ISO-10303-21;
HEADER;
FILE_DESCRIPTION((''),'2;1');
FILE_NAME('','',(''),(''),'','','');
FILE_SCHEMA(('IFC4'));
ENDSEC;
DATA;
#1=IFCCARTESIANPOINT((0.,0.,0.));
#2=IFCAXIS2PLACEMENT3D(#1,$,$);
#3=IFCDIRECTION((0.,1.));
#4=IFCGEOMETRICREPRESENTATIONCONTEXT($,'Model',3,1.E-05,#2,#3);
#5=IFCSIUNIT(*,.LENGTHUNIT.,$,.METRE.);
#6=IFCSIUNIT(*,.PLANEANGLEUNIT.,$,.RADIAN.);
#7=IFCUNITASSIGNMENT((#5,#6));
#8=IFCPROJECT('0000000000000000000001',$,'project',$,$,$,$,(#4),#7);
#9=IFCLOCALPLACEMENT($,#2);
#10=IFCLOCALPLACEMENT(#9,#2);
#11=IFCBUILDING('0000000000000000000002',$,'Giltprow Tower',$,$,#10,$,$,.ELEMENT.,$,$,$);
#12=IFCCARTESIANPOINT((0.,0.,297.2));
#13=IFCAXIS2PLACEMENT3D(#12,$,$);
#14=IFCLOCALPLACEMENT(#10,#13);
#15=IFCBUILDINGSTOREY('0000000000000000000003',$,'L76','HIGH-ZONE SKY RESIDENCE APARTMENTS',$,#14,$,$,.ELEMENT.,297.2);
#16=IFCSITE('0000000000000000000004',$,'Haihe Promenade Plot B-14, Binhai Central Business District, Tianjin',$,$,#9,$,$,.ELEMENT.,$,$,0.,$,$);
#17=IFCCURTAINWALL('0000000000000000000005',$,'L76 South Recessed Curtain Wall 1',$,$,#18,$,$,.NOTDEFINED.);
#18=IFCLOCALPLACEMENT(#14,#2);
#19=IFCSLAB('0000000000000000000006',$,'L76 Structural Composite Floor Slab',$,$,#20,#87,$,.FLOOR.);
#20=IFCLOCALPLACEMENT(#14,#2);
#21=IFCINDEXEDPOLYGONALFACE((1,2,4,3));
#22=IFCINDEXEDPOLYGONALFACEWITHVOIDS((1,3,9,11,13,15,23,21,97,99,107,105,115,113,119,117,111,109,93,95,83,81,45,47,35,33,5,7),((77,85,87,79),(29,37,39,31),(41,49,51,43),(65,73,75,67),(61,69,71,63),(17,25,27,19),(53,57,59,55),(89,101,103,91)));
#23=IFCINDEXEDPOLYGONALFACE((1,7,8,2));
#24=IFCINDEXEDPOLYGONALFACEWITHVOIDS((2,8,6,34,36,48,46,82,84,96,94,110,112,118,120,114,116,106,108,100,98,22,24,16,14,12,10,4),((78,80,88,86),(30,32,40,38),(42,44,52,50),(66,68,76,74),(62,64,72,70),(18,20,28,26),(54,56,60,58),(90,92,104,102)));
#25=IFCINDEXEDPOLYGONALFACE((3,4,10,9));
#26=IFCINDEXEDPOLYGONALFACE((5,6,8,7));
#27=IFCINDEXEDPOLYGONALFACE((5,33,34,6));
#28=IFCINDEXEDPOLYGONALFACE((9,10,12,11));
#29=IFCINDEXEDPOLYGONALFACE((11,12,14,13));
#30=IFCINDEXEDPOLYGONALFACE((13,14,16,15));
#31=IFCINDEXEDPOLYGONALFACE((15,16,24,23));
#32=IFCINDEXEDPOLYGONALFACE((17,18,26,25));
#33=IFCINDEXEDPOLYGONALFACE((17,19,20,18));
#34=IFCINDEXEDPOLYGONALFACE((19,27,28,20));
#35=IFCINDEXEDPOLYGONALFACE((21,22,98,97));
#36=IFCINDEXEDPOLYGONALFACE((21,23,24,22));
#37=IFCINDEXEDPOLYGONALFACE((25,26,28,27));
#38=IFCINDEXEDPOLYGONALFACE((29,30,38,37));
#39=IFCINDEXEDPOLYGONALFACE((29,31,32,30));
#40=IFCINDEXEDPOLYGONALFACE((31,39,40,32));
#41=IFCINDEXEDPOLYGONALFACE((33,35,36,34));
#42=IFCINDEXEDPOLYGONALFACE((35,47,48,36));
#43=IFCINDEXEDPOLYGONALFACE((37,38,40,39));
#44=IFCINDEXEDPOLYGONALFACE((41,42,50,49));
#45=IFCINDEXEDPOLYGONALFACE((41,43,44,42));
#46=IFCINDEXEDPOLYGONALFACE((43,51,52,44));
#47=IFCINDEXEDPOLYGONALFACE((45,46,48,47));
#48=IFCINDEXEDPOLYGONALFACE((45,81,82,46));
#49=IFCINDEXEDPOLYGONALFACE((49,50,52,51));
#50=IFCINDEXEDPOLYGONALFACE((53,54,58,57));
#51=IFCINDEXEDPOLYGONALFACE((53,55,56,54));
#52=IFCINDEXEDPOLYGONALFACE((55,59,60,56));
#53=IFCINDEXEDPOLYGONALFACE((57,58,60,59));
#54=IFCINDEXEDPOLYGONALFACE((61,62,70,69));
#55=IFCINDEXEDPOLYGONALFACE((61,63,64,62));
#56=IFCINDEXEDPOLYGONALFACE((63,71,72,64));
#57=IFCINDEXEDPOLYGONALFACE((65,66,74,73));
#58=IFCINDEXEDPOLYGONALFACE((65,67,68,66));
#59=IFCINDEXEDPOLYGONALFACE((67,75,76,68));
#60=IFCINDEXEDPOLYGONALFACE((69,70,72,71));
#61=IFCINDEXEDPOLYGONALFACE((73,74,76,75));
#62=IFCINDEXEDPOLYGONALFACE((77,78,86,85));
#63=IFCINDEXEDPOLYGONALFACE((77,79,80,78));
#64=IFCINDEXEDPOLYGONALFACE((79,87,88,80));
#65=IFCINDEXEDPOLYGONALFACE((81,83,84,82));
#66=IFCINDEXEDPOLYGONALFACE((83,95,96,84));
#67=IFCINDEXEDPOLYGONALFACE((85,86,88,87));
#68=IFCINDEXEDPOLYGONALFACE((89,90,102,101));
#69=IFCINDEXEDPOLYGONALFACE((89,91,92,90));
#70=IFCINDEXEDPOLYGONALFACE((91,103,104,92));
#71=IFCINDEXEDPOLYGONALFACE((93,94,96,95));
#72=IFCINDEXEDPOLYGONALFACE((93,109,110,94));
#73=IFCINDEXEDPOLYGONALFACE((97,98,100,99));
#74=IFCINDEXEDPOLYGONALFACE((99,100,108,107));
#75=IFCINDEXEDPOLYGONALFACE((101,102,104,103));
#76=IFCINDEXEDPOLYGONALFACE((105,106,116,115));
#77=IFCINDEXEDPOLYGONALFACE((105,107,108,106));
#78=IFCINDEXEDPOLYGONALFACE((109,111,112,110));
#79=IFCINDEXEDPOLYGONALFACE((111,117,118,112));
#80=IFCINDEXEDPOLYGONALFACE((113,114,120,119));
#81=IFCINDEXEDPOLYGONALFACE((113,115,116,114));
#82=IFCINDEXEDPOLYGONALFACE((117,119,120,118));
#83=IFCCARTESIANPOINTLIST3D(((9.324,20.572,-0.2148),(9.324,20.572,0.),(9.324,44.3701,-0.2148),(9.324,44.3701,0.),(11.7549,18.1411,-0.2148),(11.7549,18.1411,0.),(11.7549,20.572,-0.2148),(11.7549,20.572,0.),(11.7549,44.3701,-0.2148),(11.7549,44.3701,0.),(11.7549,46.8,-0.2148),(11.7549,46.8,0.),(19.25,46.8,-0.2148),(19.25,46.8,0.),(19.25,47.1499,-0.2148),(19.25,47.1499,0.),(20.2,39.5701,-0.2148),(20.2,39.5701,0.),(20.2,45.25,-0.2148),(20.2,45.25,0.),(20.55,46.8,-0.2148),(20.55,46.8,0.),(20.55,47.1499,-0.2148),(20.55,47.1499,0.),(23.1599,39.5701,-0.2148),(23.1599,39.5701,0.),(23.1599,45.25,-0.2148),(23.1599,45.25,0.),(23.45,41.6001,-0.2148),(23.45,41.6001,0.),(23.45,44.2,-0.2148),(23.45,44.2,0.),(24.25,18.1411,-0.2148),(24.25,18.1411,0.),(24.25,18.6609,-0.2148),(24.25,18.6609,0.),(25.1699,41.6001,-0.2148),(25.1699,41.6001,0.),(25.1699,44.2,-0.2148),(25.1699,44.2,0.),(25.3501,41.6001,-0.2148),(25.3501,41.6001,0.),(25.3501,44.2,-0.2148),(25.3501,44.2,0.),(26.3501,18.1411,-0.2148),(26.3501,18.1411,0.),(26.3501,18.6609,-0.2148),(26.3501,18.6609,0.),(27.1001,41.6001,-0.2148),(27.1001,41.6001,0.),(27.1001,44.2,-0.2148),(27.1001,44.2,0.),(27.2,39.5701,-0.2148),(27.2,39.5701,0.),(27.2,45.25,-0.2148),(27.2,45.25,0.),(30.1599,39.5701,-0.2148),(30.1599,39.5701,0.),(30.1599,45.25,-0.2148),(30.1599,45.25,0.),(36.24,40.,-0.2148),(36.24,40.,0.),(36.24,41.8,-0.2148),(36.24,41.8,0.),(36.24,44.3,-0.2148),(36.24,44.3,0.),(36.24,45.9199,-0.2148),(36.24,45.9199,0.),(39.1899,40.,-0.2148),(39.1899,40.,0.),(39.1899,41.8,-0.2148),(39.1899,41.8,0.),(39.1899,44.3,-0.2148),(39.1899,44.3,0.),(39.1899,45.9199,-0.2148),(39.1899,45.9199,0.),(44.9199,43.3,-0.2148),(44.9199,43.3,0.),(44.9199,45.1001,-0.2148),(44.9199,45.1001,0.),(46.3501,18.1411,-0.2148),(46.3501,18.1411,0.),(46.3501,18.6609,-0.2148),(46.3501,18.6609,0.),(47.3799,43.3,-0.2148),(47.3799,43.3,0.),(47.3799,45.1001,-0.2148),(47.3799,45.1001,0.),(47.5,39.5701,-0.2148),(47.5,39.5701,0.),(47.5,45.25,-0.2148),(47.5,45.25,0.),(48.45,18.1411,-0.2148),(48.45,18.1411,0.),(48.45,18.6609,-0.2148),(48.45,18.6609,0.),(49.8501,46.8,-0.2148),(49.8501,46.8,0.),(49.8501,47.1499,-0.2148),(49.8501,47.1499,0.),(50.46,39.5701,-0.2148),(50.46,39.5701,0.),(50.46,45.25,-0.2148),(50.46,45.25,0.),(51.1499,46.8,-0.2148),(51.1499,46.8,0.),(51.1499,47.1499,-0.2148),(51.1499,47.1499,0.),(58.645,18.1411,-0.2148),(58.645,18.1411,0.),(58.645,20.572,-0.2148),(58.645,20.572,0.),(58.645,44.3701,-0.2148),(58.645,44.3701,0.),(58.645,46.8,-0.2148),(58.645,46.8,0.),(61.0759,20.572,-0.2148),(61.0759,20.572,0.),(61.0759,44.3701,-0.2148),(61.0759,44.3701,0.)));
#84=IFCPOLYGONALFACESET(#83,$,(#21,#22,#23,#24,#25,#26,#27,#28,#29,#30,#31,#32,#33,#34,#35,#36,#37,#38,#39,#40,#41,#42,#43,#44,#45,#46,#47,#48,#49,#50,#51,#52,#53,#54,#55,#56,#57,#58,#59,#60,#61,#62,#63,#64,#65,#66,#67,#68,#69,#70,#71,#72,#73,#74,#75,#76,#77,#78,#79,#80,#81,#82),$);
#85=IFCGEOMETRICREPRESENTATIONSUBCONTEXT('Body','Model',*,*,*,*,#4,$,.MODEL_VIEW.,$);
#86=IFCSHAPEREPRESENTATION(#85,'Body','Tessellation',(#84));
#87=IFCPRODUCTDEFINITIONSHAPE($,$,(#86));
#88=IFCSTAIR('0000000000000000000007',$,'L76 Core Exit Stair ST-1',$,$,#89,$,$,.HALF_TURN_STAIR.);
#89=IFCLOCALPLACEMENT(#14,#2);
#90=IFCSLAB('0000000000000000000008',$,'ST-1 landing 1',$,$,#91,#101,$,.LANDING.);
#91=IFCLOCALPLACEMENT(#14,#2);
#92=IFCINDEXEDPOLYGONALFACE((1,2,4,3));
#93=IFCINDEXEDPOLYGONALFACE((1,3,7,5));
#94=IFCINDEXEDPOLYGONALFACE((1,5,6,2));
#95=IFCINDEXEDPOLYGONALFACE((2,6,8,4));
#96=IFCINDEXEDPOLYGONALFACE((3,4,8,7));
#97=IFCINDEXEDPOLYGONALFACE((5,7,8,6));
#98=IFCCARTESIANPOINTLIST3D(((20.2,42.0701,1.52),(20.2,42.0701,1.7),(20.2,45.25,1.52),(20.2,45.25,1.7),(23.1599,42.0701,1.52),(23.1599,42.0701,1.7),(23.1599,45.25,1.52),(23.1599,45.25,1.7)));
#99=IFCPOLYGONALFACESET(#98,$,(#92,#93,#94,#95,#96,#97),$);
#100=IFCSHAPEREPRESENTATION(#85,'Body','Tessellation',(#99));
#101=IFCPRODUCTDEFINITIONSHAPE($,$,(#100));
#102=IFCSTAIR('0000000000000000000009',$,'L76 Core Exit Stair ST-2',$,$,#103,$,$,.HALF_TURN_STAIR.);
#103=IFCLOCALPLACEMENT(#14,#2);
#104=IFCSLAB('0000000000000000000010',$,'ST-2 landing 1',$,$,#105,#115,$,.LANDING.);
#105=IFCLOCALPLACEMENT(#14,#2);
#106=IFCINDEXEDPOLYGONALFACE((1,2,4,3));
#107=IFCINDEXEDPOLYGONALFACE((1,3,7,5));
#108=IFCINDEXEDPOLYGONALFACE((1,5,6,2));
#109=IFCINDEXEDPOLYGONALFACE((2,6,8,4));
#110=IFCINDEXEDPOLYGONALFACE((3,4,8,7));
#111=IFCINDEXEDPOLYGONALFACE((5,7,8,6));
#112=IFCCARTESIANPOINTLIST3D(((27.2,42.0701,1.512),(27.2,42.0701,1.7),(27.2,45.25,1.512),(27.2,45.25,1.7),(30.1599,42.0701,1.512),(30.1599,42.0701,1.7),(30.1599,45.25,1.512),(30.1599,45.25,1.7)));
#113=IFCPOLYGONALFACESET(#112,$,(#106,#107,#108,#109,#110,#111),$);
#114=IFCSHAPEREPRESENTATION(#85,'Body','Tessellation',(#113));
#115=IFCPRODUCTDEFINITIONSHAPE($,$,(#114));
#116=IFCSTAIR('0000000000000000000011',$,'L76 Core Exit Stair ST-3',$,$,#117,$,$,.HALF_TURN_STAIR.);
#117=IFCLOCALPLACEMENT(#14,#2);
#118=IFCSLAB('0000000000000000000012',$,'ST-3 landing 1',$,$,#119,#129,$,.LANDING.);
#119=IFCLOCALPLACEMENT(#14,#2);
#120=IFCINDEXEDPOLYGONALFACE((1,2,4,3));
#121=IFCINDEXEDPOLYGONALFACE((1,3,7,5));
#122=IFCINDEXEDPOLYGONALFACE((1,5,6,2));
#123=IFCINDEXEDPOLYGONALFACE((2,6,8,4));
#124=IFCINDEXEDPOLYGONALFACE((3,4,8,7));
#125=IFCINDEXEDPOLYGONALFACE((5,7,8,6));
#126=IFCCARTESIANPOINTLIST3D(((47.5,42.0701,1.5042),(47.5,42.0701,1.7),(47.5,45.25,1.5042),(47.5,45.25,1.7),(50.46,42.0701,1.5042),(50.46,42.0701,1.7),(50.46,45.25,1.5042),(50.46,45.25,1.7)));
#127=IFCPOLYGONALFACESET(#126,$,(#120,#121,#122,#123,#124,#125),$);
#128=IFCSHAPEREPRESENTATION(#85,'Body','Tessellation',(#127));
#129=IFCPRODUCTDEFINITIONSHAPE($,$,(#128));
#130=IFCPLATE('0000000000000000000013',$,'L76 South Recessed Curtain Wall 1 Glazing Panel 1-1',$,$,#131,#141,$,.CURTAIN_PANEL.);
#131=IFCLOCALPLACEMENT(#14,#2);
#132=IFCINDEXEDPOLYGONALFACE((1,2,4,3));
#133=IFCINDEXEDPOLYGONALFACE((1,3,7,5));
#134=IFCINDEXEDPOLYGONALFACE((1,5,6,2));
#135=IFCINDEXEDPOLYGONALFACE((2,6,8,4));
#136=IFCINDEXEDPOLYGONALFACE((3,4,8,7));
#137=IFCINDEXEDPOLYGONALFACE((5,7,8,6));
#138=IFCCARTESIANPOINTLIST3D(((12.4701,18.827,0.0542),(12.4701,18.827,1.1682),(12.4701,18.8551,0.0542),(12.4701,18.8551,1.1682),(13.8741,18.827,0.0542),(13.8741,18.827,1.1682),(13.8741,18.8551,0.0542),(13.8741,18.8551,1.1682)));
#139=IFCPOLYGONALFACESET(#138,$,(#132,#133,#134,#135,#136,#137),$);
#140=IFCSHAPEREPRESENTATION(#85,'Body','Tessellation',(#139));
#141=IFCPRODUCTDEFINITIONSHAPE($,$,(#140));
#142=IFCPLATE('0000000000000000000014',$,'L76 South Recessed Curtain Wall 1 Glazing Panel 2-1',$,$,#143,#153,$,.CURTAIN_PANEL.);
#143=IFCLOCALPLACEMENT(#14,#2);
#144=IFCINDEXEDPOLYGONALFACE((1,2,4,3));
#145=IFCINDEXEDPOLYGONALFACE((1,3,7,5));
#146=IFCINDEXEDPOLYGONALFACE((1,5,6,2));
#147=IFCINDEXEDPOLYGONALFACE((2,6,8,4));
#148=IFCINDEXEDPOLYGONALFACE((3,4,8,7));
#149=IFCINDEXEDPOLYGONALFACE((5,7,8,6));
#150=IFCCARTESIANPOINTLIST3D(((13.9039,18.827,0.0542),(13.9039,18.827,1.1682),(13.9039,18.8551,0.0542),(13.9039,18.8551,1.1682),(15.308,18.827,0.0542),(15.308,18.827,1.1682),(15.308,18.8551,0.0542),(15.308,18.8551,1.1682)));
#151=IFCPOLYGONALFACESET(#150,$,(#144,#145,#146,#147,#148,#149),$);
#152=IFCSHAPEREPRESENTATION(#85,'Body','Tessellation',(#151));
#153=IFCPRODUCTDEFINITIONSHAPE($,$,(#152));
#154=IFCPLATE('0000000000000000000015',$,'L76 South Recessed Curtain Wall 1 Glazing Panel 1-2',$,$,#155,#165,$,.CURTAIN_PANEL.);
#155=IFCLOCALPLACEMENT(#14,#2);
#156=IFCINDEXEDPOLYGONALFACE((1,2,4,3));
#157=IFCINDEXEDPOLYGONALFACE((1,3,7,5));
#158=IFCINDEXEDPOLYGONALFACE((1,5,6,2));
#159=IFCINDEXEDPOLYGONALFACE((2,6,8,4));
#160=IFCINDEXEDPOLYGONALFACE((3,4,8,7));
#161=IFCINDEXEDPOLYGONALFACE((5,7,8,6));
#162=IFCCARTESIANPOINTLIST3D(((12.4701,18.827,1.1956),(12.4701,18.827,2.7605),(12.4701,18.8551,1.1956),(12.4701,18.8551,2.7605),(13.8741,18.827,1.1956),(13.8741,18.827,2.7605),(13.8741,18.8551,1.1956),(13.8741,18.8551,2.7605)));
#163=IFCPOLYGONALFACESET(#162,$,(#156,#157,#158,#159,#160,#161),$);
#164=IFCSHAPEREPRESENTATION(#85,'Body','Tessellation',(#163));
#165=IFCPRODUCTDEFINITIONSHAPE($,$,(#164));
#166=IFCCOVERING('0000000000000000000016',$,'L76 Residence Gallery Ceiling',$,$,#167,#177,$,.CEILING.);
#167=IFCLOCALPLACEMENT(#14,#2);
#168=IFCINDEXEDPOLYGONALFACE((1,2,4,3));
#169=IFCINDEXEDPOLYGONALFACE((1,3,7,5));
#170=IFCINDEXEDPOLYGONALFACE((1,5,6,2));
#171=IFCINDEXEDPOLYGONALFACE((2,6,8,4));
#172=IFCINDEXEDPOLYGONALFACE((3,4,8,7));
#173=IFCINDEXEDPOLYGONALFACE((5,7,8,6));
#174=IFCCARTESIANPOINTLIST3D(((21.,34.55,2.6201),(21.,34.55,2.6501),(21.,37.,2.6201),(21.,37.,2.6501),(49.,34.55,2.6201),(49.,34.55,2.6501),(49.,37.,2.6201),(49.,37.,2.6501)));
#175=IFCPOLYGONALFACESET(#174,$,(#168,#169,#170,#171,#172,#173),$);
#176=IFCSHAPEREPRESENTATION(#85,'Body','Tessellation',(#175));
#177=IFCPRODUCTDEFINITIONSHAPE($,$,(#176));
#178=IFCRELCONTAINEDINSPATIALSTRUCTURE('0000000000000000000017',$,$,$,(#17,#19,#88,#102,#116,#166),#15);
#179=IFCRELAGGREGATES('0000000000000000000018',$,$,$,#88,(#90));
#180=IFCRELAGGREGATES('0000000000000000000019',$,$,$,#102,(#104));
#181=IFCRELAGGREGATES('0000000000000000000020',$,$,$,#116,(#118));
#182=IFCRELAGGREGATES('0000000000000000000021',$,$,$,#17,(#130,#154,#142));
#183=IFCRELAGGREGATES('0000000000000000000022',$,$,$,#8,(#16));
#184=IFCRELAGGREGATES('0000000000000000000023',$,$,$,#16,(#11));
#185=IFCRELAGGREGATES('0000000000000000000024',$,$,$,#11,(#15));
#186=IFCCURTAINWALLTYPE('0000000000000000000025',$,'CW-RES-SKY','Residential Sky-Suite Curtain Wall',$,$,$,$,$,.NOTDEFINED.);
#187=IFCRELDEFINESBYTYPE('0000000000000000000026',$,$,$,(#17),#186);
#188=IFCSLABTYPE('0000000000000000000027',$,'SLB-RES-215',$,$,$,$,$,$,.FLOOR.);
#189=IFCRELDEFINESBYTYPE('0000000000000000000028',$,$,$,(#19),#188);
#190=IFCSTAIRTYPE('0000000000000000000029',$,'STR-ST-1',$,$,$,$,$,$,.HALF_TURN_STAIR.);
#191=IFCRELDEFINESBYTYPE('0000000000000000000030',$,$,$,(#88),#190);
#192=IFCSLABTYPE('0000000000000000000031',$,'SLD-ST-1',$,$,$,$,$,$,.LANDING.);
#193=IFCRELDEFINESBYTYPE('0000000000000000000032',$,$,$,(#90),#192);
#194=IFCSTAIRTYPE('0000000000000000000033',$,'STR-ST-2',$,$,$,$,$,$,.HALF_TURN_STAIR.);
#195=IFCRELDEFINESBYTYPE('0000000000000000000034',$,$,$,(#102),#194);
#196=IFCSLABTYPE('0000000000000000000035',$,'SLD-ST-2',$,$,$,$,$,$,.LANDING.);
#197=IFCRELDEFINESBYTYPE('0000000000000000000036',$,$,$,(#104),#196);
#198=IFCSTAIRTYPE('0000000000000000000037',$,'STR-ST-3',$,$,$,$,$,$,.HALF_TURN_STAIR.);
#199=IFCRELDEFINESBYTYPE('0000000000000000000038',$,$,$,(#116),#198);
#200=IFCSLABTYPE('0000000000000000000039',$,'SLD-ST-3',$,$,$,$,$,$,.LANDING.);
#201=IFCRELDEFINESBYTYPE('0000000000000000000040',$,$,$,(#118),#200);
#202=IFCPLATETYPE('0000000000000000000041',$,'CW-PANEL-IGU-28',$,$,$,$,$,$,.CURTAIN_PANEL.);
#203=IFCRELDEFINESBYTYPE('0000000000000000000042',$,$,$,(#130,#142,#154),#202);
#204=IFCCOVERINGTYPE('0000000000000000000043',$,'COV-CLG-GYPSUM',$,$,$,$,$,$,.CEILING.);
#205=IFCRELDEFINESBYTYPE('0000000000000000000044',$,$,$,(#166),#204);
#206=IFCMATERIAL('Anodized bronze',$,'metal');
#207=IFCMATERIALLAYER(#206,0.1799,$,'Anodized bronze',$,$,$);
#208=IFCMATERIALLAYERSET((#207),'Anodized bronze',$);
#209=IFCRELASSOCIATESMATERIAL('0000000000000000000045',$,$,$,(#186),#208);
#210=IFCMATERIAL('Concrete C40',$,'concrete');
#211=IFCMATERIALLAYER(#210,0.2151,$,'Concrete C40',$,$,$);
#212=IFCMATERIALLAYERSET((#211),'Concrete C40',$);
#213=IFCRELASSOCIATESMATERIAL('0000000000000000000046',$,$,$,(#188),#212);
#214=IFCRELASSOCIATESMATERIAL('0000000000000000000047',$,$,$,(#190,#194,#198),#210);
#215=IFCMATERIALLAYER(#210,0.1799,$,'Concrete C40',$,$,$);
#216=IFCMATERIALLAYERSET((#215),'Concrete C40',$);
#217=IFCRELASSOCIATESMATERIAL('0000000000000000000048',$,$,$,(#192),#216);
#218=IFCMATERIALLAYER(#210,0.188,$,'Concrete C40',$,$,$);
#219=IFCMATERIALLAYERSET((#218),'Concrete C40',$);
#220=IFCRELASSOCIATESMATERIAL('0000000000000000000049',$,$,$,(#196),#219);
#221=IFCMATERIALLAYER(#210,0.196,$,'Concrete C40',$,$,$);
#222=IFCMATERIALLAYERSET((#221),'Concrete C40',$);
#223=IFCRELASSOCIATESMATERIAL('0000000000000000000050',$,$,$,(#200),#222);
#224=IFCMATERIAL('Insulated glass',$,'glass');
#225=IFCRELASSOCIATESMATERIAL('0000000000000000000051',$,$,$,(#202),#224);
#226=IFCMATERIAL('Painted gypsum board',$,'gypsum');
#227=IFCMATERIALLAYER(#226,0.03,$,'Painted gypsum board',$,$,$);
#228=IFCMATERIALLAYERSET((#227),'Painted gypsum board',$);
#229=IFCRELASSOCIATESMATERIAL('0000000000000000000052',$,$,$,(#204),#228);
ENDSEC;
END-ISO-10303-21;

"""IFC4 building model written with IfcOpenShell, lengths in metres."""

from ifc_helpers import new_model, si_unit, direction, frame, origin, origin_2d, place, context, subcontext, project, spatial, polyline, rectangle, outline, extrude, source, transform, mapped, material, layer, layer_set, type_object, element, aggregate, save


model = new_model("IFC4")

# Units and contexts
model_context = context("Model", 3, precision=1e-05, world=origin(), true_north=direction((0.0, 1.0)))
body_context = subcontext(model_context, "Body", "Model", "MODEL_VIEW")
ifc_project = project(units=[si_unit("LENGTHUNIT", "METRE"), si_unit("PLANEANGLEUNIT", "RADIAN")], contexts=[model_context])

# Site, building, storey
site_placement = place(None, origin())
site = spatial("IfcSite", under=ifc_project, at=site_placement, Name="Haihe Promenade Plot B-14, Binhai Central Business District, Tianjin", CompositionType="ELEMENT", RefElevation=0.0)
building_placement = place(site_placement, origin())
building = spatial("IfcBuilding", under=site, at=building_placement, Name="Giltprow Tower", CompositionType="ELEMENT")
storey_placement = place(building_placement, frame((0.0, 0.0, 297.2)))
storey = spatial("IfcBuildingStorey", under=building, at=storey_placement, Name="L76", Description="HIGH-ZONE SKY RESIDENCE APARTMENTS", CompositionType="ELEMENT", Elevation=297.2)

# Curtain wall
ifc_material_1 = material(Name="Anodized bronze", Category="metal")
ifc_layer_1 = layer(ifc_material_1, 0.1799, Name="Anodized bronze")
ifc_layer_set_1 = layer_set([ifc_layer_1], Name="Anodized bronze")
curtain_wall_type = type_object("IfcCurtainWallType", Name="CW-RES-SKY", Description="Residential Sky-Suite Curtain Wall", PredefinedType="NOTDEFINED", material=ifc_layer_set_1)
curtain_wall_placement = place(storey_placement, origin())
curtain_wall = element("IfcCurtainWall", 1, at=curtain_wall_placement, inside=storey, type_object=curtain_wall_type, Name="L76 South Recessed Curtain Wall 1", PredefinedType="NOTDEFINED")

# Slab
ifc_material_2 = material(Name="Concrete C40", Category="concrete")
ifc_layer_2 = layer(ifc_material_2, 0.2151, Name="Concrete C40")
ifc_layer_set_2 = layer_set([ifc_layer_2], Name="Concrete C40")
slab_type_1 = type_object("IfcSlabType", Name="SLB-RES-215", PredefinedType="FLOOR", material=ifc_layer_set_2)
slab_1_placement = place(storey_placement, frame((0.0, 0.0, -0.2148)))
element("IfcSlab", 2, at=slab_1_placement, inside=storey, type_object=slab_type_1, Name="L76 Structural Composite Floor Slab", PredefinedType="FLOOR", context=body_context, shape_type="SweptSolid", body=[
    extrude(outline(polyline([(61.0759, 44.3701), (61.0759, 20.572), (58.645, 20.572), (58.645, 18.1411), (48.45, 18.1411), (48.45, 18.6609), (46.3501, 18.6609), (46.3501, 18.1411), (26.3501, 18.1411), (26.3501, 18.6609), (24.25, 18.6609), (24.25, 18.1411), (11.7549, 18.1411), (11.7549, 20.572), (9.324, 20.572), (9.324, 44.3701), (11.7549, 44.3701), (11.7549, 46.8), (19.25, 46.8), (19.25, 47.1499), (20.55, 47.1499), (20.55, 46.8), (49.8501, 46.8), (49.8501, 47.1499), (51.1499, 47.1499), (51.1499, 46.8), (58.645, 46.8), (58.645, 44.3701), (61.0759, 44.3701)]), holes=[polyline([(39.1899, 41.8), (36.24, 41.8), (36.24, 40.0), (39.1899, 40.0), (39.1899, 41.8)]), polyline([(23.1599, 39.5701), (23.1599, 45.25), (20.2, 45.25), (20.2, 39.5701), (23.1599, 39.5701)]), polyline([(30.1599, 39.5701), (30.1599, 45.25), (27.2, 45.25), (27.2, 39.5701), (30.1599, 39.5701)]), polyline([(50.46, 45.25), (47.5, 45.25), (47.5, 39.5701), (50.46, 39.5701), (50.46, 45.25)]), polyline([(25.1699, 44.2), (23.45, 44.2), (23.45, 41.6001), (25.1699, 41.6001), (25.1699, 44.2)]), polyline([(27.1001, 44.2), (25.3501, 44.2), (25.3501, 41.6001), (27.1001, 41.6001), (27.1001, 44.2)]), polyline([(47.3799, 43.3), (47.3799, 45.1001), (44.9199, 45.1001), (44.9199, 43.3), (47.3799, 43.3)]), polyline([(39.1899, 44.3), (39.1899, 45.9199), (36.24, 45.9199), (36.24, 44.3), (39.1899, 44.3)])]), origin(), (0.0, 0.0, 1.0), 0.2148),
])

# Stairs, slabs
stair_type_1 = type_object("IfcStairType", Name="STR-ST-1", PredefinedType="HALF_TURN_STAIR", material=ifc_material_2)
stair_1_placement = place(storey_placement, origin())
stair_1 = element("IfcStair", 3, at=stair_1_placement, inside=storey, type_object=stair_type_1, Name="L76 Core Exit Stair ST-1", PredefinedType="HALF_TURN_STAIR")
ifc_layer_3 = layer(ifc_material_2, 0.1799, Name="Concrete C40")
ifc_layer_set_3 = layer_set([ifc_layer_3], Name="Concrete C40")
slab_type_2 = type_object("IfcSlabType", Name="SLD-ST-1", PredefinedType="LANDING", material=ifc_layer_set_3)
slab_2_placement = place(storey_placement, frame((0.0, 0.0, 1.52)))
slab_2 = element("IfcSlab", 4, at=slab_2_placement, type_object=slab_type_2, Name="ST-1 landing 1", PredefinedType="LANDING", context=body_context, shape_type="SweptSolid", body=[
    extrude(outline(polyline([(23.1599, 42.0701), (23.1599, 45.25), (20.2, 45.25), (20.2, 42.0701), (23.1599, 42.0701)])), origin(), (0.0, 0.0, 1.0), 0.1799),
])
aggregate(stair_1, [slab_2])
stair_type_2 = type_object("IfcStairType", Name="STR-ST-2", PredefinedType="HALF_TURN_STAIR", material=ifc_material_2)
stair_2_placement = place(storey_placement, origin())
stair_2 = element("IfcStair", 5, at=stair_2_placement, inside=storey, type_object=stair_type_2, Name="L76 Core Exit Stair ST-2", PredefinedType="HALF_TURN_STAIR")
ifc_layer_4 = layer(ifc_material_2, 0.188, Name="Concrete C40")
ifc_layer_set_4 = layer_set([ifc_layer_4], Name="Concrete C40")
slab_type_3 = type_object("IfcSlabType", Name="SLD-ST-2", PredefinedType="LANDING", material=ifc_layer_set_4)
slab_3_placement = place(storey_placement, frame((0.0, 0.0, 1.512)))
slab_3 = element("IfcSlab", 6, at=slab_3_placement, type_object=slab_type_3, Name="ST-2 landing 1", PredefinedType="LANDING", context=body_context, shape_type="SweptSolid", body=[
    extrude(outline(polyline([(30.1599, 42.0701), (30.1599, 45.25), (27.2, 45.25), (27.2, 42.0701), (30.1599, 42.0701)])), origin(), (0.0, 0.0, 1.0), 0.188),
])
aggregate(stair_2, [slab_3])
stair_type_3 = type_object("IfcStairType", Name="STR-ST-3", PredefinedType="HALF_TURN_STAIR", material=ifc_material_2)
stair_3_placement = place(storey_placement, origin())
stair_3 = element("IfcStair", 7, at=stair_3_placement, inside=storey, type_object=stair_type_3, Name="L76 Core Exit Stair ST-3", PredefinedType="HALF_TURN_STAIR")
ifc_layer_5 = layer(ifc_material_2, 0.196, Name="Concrete C40")
ifc_layer_set_5 = layer_set([ifc_layer_5], Name="Concrete C40")
slab_type_4 = type_object("IfcSlabType", Name="SLD-ST-3", PredefinedType="LANDING", material=ifc_layer_set_5)
slab_4_placement = place(storey_placement, frame((0.0, 0.0, 1.5042)))
slab_4 = element("IfcSlab", 8, at=slab_4_placement, type_object=slab_type_4, Name="ST-3 landing 1", PredefinedType="LANDING", context=body_context, shape_type="SweptSolid", body=[
    extrude(outline(polyline([(50.46, 42.0701), (50.46, 45.25), (47.5, 45.25), (47.5, 42.0701), (50.46, 42.0701)])), origin(), (0.0, 0.0, 1.0), 0.1958),
])
aggregate(stair_3, [slab_4])

# Plates
ifc_material_3 = material(Name="Insulated glass", Category="glass")
plate_type = type_object("IfcPlateType", Name="CW-PANEL-IGU-28", PredefinedType="CURTAIN_PANEL", material=ifc_material_3)
shared_shape_1 = source(origin(), body_context, "Body", "SweptSolid", [
    extrude(rectangle(XDim=1.4041, YDim=0.0281, at=origin_2d()), origin(), (0.0, 0.0, 1.0), 1.114),
])
plate_1_placement = place(storey_placement, frame((13.1721, 18.8411, 0.0542), z_axis=(0.0, 0.0, 1.0), x_axis=(1.0, 0.0, 0.0)))
plate_1 = element("IfcPlate", 9, at=plate_1_placement, type_object=plate_type, Name="L76 South Recessed Curtain Wall 1 Glazing Panel 1-1", PredefinedType="CURTAIN_PANEL", context=body_context, shape_type="MappedRepresentation", body=[
    mapped(shared_shape_1, transform((0.0, 0.0, 0.0), x_axis=(1.0, 0.0, 0.0), y_axis=(0.0, 1.0, 0.0), z_axis=(0.0, 0.0, 1.0), scale=1.0)),
])
plate_2_placement = place(storey_placement, frame((14.606, 18.8411, 0.0542), z_axis=(0.0, 0.0, 1.0), x_axis=(1.0, 0.0, 0.0)))
plate_2 = element("IfcPlate", 10, at=plate_2_placement, type_object=plate_type, Name="L76 South Recessed Curtain Wall 1 Glazing Panel 2-1", PredefinedType="CURTAIN_PANEL", context=body_context, shape_type="MappedRepresentation", body=[
    mapped(shared_shape_1, transform((0.0, 0.0, 0.0), x_axis=(1.0, 0.0, 0.0), y_axis=(0.0, 1.0, 0.0), z_axis=(0.0, 0.0, 1.0), scale=1.0)),
])
shared_shape_2 = source(origin(), body_context, "Body", "SweptSolid", [
    extrude(rectangle(XDim=1.4041, YDim=0.0281, at=origin_2d()), origin(), (0.0, 0.0, 1.0), 1.5649),
])
plate_3_placement = place(storey_placement, frame((13.1721, 18.8411, 1.1956), z_axis=(0.0, 0.0, 1.0), x_axis=(1.0, 0.0, 0.0)))
plate_3 = element("IfcPlate", 11, at=plate_3_placement, type_object=plate_type, Name="L76 South Recessed Curtain Wall 1 Glazing Panel 1-2", PredefinedType="CURTAIN_PANEL", context=body_context, shape_type="MappedRepresentation", body=[
    mapped(shared_shape_2, transform((0.0, 0.0, 0.0), x_axis=(1.0, 0.0, 0.0), y_axis=(0.0, 1.0, 0.0), z_axis=(0.0, 0.0, 1.0), scale=1.0)),
])
aggregate(curtain_wall, [plate_1, plate_3, plate_2])

# Covering
ifc_material_4 = material(Name="Painted gypsum board", Category="gypsum")
ifc_layer_6 = layer(ifc_material_4, 0.03, Name="Painted gypsum board")
ifc_layer_set_6 = layer_set([ifc_layer_6], Name="Painted gypsum board")
covering_type_1 = type_object("IfcCoveringType", Name="COV-CLG-GYPSUM", PredefinedType="CEILING", material=ifc_layer_set_6)
covering_1_placement = place(storey_placement, frame((0.0, 0.0, 2.6201)))
element("IfcCovering", 12, at=covering_1_placement, inside=storey, type_object=covering_type_1, Name="L76 Residence Gallery Ceiling", PredefinedType="CEILING", context=body_context, shape_type="SweptSolid", body=[
    extrude(outline(polyline([(21.0, 34.55), (49.0, 34.55), (49.0, 37.0), (21.0, 37.0), (21.0, 34.55)])), origin(), (0.0, 0.0, 1.0), 0.03),
])

save(model, "model.ifc")
